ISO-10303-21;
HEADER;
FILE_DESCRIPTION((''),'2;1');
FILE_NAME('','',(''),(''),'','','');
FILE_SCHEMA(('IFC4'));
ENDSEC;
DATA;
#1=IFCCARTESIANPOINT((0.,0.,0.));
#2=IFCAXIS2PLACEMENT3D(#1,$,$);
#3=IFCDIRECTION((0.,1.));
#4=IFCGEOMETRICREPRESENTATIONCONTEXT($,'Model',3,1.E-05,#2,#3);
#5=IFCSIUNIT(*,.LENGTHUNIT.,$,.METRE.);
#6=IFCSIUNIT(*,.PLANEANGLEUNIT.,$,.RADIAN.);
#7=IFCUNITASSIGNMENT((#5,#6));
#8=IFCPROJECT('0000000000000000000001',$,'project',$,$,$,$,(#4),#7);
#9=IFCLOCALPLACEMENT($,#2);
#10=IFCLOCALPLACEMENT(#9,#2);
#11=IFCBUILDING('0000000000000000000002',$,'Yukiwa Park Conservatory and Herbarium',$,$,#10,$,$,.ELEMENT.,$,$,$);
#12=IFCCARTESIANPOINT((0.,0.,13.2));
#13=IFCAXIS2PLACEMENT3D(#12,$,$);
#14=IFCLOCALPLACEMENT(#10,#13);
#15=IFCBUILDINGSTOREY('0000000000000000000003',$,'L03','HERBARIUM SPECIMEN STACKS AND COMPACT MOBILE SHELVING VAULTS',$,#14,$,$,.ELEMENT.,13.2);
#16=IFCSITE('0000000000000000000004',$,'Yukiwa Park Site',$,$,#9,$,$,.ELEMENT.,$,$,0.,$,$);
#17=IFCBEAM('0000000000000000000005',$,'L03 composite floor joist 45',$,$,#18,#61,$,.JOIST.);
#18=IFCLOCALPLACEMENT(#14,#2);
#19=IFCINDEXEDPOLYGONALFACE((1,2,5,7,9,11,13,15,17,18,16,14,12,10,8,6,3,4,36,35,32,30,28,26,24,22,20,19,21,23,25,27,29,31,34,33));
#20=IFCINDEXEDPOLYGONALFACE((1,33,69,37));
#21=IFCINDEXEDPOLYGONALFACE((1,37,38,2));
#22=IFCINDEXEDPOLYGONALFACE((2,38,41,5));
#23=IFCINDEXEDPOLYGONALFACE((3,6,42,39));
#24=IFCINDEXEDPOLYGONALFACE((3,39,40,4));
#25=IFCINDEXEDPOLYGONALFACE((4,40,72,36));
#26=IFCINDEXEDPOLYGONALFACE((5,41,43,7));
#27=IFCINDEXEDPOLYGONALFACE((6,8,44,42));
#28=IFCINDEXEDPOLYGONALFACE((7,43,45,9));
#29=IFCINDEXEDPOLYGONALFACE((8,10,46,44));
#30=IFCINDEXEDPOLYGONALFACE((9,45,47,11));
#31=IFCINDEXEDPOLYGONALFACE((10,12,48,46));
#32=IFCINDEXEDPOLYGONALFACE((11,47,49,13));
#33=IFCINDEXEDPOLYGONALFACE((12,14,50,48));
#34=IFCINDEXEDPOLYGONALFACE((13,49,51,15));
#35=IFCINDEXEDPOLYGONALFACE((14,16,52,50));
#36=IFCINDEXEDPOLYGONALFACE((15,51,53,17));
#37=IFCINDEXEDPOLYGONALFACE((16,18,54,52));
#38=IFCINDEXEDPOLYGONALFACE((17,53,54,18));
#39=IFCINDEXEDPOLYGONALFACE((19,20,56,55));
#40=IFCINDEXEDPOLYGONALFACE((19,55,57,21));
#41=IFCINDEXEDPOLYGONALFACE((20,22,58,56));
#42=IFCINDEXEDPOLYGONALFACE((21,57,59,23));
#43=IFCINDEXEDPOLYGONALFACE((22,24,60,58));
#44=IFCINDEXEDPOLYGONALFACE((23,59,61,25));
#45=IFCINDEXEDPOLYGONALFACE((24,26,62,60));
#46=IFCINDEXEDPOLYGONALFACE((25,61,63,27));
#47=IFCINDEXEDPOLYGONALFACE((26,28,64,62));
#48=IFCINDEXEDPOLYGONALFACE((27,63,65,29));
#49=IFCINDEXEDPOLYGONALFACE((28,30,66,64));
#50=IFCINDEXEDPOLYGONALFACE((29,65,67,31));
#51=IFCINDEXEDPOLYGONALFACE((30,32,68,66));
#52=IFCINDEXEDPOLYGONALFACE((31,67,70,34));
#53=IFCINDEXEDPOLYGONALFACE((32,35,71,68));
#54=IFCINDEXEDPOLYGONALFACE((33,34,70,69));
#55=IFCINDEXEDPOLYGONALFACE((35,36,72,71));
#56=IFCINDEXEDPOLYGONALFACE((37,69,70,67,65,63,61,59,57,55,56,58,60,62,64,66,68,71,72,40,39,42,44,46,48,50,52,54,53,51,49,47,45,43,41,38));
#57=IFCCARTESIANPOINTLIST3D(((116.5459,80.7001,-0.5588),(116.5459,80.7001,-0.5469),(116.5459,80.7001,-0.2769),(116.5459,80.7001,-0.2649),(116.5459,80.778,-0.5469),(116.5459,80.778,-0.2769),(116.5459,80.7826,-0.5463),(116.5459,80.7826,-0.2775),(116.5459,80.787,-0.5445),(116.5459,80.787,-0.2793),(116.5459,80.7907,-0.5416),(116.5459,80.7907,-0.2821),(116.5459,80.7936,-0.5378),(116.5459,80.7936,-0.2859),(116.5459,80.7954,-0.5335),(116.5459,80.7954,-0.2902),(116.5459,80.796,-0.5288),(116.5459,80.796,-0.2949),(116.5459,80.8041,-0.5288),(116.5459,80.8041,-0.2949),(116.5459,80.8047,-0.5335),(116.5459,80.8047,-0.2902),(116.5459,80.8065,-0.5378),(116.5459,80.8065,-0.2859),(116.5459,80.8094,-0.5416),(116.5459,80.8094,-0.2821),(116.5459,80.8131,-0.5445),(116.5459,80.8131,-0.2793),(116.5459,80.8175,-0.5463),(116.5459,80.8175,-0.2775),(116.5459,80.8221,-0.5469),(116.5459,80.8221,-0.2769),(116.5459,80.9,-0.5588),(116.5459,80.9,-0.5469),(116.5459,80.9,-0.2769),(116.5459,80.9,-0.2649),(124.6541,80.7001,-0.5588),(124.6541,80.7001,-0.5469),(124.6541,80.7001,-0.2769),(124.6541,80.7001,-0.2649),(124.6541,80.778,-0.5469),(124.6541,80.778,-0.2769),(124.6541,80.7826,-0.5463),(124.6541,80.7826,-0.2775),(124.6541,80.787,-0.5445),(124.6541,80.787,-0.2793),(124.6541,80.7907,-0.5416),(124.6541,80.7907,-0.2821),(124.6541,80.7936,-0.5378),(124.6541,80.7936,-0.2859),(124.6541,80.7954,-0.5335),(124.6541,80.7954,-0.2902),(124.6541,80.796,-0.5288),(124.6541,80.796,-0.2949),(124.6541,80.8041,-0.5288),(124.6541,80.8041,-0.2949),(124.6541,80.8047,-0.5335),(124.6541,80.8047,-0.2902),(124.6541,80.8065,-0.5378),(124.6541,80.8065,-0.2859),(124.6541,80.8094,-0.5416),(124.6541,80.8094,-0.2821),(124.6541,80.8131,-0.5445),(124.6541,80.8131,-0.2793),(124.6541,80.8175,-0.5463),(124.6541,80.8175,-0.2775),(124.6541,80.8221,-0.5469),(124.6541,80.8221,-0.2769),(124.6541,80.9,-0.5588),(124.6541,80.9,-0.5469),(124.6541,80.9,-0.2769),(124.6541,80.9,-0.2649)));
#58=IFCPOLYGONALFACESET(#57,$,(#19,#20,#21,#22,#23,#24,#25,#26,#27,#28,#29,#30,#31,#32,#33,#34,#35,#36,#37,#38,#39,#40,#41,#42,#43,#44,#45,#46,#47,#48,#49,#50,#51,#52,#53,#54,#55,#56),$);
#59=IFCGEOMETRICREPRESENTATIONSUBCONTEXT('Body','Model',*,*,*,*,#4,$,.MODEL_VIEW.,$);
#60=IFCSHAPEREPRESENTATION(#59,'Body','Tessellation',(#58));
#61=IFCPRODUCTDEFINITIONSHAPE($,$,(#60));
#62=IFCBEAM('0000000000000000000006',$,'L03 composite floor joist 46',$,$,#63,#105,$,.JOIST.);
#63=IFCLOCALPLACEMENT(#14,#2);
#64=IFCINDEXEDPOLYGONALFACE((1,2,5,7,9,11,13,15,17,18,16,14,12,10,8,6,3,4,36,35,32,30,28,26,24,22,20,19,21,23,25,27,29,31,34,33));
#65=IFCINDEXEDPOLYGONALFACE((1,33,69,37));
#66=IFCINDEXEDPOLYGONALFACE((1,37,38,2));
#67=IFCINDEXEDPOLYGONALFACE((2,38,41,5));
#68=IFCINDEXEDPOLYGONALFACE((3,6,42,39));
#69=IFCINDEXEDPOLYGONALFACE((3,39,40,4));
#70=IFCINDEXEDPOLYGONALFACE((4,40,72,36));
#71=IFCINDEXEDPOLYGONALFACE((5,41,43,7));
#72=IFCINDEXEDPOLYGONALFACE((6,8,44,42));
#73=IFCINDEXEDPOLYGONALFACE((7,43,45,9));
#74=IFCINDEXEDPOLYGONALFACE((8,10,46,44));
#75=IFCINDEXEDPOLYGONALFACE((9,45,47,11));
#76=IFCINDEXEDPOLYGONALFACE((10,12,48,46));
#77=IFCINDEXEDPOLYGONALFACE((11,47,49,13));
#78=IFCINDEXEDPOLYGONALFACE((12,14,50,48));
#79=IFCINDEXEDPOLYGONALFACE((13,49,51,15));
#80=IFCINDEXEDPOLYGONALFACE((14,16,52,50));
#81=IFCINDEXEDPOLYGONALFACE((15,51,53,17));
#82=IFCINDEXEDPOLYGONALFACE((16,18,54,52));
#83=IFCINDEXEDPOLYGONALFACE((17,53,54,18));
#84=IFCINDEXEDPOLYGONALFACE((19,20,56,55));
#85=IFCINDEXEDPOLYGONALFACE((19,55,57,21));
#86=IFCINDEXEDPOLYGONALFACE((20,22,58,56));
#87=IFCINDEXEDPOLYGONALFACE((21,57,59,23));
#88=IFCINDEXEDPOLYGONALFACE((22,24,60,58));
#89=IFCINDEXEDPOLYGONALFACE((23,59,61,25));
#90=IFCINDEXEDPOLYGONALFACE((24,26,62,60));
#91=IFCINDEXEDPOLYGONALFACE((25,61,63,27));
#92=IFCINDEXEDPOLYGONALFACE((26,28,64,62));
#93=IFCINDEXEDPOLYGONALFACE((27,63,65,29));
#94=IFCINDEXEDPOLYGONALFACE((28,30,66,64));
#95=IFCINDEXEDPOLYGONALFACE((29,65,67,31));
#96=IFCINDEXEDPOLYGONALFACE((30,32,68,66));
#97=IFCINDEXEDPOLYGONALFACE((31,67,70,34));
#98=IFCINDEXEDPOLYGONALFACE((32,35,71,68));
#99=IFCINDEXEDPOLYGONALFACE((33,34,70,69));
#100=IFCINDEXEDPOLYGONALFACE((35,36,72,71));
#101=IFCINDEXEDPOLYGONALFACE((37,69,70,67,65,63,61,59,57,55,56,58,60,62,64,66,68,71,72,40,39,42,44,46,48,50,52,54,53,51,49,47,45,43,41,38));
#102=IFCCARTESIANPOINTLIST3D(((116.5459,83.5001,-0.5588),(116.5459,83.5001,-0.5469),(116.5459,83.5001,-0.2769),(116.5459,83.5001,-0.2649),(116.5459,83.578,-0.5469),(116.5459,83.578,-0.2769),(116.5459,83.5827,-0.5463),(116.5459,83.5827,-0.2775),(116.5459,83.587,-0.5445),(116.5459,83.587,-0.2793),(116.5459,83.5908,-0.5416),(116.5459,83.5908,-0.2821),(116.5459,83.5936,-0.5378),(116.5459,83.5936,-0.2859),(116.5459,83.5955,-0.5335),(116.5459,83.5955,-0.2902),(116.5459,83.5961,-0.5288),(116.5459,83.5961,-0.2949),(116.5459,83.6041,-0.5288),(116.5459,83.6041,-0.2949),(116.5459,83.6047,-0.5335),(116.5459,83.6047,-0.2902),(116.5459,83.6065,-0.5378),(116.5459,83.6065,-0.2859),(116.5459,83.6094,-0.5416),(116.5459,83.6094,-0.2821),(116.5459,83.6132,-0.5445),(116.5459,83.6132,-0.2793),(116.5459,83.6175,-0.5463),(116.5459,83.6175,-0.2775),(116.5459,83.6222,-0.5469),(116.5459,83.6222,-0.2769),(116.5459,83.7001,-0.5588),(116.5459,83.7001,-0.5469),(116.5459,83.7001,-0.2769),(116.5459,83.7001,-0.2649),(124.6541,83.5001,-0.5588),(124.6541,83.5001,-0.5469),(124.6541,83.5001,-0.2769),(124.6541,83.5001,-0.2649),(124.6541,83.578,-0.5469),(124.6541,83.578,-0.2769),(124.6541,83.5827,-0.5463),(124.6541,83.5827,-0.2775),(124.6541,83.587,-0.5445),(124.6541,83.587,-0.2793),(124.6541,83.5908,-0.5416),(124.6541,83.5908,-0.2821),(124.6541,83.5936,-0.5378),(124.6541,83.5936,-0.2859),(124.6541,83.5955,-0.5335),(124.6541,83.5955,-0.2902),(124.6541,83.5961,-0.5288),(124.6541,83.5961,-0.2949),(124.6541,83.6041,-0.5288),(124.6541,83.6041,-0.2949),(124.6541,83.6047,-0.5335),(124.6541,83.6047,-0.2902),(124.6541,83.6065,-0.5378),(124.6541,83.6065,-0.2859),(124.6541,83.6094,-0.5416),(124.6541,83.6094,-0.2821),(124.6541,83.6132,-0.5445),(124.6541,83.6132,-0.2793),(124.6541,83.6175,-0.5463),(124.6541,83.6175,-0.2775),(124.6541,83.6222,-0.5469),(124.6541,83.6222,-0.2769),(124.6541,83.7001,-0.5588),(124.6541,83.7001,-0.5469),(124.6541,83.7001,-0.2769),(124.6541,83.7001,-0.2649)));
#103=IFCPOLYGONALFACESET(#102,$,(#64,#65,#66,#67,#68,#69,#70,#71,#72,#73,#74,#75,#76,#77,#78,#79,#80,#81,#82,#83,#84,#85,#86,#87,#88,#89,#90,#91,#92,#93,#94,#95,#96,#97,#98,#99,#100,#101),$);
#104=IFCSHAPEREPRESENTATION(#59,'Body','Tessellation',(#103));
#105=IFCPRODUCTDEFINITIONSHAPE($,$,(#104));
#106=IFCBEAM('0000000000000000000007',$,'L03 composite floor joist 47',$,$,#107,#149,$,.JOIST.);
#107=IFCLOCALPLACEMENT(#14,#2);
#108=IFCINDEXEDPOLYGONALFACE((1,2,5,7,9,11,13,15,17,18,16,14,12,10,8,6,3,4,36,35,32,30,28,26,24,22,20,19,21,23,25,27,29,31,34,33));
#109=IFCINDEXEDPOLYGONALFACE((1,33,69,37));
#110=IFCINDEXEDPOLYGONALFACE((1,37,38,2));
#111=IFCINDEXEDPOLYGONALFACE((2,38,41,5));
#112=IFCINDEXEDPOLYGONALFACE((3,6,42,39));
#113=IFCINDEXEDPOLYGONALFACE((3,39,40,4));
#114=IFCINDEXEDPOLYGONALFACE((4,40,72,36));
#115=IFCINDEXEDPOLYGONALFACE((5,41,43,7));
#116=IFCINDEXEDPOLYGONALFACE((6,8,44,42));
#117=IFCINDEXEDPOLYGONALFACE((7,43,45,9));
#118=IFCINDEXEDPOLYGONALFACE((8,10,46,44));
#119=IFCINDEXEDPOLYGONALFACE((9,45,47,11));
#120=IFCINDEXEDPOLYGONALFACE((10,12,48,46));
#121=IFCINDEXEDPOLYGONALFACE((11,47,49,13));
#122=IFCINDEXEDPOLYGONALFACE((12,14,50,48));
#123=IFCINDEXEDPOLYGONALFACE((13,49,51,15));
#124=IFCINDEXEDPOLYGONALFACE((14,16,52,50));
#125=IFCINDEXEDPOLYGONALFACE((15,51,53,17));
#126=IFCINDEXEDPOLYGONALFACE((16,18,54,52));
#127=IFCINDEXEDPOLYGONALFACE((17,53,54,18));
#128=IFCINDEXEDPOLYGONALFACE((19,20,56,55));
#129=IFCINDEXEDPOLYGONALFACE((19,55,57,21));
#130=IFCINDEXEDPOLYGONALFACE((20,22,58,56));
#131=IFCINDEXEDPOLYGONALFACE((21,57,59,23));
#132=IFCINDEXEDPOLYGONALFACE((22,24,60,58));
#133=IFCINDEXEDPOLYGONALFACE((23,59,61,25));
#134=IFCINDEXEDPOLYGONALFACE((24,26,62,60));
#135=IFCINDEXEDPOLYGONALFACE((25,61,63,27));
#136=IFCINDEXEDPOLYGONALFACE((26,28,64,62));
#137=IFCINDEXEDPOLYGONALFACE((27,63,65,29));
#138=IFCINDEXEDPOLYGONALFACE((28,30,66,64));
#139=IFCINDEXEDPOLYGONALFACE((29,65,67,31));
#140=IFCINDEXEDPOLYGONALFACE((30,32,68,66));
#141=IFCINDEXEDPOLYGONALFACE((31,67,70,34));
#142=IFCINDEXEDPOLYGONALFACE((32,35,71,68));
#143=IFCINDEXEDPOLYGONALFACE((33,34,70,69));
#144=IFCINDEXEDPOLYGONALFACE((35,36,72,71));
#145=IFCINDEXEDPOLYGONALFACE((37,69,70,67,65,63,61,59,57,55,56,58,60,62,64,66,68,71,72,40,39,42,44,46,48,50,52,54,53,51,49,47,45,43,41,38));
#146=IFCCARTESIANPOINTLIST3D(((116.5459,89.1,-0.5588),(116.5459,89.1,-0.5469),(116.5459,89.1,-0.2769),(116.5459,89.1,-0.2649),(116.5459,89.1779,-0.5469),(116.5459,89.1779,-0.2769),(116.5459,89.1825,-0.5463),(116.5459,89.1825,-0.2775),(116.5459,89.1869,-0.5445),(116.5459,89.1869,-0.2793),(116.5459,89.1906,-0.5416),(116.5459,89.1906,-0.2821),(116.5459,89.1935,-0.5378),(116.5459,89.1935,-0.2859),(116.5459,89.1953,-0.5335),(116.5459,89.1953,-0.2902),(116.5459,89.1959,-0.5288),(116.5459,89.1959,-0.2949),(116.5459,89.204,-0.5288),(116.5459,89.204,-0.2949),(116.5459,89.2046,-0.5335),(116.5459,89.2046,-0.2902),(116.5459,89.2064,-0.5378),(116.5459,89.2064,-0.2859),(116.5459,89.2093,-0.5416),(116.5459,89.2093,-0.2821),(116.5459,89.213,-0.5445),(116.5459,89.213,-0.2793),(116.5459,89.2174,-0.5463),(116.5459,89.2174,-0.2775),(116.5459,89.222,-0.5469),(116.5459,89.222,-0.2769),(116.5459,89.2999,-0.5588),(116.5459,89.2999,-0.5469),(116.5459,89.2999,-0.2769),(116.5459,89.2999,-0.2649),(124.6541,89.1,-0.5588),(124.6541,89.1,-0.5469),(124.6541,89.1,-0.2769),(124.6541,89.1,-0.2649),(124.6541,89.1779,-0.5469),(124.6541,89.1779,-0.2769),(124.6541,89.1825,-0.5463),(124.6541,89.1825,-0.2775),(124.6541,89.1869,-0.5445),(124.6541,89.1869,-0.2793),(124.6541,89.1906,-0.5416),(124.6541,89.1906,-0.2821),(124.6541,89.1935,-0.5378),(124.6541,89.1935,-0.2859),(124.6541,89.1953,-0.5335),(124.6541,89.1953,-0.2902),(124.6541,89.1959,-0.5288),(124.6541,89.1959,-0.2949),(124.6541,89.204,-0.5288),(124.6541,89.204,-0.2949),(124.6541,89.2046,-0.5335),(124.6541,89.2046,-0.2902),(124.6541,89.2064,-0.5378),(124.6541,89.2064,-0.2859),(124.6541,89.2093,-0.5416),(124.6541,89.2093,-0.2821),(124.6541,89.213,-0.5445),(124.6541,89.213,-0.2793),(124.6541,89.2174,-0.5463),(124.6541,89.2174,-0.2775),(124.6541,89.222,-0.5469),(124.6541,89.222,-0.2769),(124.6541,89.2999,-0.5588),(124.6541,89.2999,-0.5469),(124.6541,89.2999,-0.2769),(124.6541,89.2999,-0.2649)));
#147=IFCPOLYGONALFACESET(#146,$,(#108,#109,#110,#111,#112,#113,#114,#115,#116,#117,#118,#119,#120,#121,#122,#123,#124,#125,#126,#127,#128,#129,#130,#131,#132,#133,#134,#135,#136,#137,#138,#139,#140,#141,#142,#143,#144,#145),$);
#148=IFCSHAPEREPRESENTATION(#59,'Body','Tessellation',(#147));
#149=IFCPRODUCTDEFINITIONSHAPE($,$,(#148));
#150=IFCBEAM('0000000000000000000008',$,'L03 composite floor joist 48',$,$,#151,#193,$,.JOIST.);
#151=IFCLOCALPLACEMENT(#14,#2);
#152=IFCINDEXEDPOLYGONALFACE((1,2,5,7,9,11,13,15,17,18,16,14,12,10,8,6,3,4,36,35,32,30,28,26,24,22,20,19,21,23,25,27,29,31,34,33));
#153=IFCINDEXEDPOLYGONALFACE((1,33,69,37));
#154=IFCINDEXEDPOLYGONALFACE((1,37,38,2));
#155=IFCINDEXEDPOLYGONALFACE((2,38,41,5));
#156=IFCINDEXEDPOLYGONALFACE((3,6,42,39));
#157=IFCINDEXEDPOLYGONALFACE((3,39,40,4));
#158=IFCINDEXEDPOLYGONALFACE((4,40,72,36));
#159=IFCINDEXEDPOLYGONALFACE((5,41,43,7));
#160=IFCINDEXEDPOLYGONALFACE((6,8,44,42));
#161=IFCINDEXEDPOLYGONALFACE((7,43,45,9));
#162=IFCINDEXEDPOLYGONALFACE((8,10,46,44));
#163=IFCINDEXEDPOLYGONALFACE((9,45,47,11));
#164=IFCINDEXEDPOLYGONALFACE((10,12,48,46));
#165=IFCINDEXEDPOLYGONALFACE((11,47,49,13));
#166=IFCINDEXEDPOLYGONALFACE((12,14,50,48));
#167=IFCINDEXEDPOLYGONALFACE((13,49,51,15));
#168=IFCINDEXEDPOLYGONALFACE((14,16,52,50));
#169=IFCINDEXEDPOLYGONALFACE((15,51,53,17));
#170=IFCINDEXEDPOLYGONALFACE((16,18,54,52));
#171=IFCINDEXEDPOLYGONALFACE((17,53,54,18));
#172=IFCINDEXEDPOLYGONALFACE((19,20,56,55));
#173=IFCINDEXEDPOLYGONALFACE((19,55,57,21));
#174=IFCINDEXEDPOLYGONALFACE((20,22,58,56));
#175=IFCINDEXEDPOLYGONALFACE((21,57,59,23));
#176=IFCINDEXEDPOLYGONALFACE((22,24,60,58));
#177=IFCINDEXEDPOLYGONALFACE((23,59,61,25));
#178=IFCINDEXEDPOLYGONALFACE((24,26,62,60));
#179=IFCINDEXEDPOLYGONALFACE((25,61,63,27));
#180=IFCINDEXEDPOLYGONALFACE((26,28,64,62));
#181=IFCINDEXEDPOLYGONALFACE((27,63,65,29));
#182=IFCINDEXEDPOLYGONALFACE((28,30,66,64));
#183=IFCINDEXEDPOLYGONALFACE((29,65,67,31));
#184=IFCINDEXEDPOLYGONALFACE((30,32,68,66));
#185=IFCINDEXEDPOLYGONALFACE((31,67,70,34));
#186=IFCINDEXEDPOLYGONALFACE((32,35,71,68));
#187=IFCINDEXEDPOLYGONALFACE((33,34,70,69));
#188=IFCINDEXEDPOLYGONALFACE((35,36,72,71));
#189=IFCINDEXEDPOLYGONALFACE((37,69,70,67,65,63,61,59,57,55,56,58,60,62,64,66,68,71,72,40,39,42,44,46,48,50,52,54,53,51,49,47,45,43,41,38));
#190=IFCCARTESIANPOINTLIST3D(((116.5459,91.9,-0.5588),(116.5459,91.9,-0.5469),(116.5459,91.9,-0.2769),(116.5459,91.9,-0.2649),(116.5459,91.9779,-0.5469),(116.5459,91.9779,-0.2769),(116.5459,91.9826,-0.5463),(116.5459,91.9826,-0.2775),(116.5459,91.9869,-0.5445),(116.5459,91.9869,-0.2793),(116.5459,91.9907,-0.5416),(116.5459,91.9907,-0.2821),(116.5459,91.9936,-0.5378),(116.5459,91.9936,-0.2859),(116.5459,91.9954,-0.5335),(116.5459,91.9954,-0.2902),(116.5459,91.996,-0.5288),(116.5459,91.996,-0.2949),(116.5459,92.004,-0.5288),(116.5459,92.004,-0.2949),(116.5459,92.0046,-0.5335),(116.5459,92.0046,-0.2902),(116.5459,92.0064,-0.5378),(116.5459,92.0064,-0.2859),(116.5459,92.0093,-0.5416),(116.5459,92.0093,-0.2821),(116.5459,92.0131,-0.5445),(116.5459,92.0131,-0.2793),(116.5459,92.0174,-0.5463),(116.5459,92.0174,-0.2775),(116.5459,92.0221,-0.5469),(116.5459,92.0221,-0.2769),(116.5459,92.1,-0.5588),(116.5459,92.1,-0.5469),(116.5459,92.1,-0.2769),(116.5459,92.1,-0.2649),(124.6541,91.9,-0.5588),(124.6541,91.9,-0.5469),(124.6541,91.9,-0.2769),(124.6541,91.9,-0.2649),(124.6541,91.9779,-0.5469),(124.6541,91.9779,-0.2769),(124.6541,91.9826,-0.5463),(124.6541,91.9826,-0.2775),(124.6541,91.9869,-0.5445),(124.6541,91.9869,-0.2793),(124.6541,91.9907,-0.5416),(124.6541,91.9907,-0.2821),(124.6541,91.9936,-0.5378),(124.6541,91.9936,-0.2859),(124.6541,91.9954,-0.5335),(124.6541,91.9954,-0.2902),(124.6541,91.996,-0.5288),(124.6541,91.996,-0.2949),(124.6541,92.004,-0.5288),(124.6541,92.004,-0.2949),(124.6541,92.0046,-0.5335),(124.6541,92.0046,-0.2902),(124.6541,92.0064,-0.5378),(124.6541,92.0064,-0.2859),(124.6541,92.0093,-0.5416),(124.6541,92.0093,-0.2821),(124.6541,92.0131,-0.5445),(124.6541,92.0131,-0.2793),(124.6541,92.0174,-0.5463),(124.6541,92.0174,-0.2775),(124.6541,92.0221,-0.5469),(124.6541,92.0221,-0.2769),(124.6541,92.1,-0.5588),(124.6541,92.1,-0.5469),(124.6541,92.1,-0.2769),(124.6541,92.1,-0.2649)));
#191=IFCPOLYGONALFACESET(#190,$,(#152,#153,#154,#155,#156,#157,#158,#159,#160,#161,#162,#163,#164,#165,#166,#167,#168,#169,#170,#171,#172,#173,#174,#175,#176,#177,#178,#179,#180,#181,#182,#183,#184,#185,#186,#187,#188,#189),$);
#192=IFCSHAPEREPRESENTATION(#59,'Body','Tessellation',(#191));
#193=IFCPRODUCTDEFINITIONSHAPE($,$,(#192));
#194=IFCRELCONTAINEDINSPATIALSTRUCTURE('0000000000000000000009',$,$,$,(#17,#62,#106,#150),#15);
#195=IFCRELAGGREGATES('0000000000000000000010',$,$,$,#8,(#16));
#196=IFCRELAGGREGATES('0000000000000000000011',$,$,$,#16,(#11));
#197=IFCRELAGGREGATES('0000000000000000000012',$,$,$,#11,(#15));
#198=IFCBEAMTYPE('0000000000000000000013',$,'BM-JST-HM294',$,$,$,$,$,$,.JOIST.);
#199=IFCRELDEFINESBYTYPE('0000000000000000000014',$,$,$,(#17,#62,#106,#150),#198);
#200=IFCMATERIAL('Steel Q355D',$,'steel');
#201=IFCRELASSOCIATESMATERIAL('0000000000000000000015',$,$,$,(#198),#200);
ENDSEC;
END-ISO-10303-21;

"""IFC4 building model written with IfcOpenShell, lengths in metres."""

from ifc_helpers import new_model, si_unit, direction, frame, origin, origin_2d, place, context, subcontext, project, spatial, i_section, extrude, material, material_profile, profile_set, type_object, element, save


model = new_model("IFC4")

# Units and contexts
model_context = context("Model", 3, precision=1e-05, world=origin(), true_north=direction((0.0, 1.0)))
body_context = subcontext(model_context, "Body", "Model", "MODEL_VIEW")
ifc_project = project(units=[si_unit("LENGTHUNIT", "METRE"), si_unit("PLANEANGLEUNIT", "RADIAN")], contexts=[model_context])

# Site, building, storey
site_placement = place(None, origin())
site = spatial("IfcSite", under=ifc_project, at=site_placement, Name="Yukiwa Park Site", CompositionType="ELEMENT", RefElevation=0.0)
building_placement = place(site_placement, origin())
building = spatial("IfcBuilding", under=site, at=building_placement, Name="Yukiwa Park Conservatory and Herbarium", CompositionType="ELEMENT")
storey_placement = place(building_placement, frame((0.0, 0.0, 13.2)))
storey = spatial("IfcBuildingStorey", under=building, at=storey_placement, Name="L03", Description="HERBARIUM SPECIMEN STACKS AND COMPACT MOBILE SHELVING VAULTS", CompositionType="ELEMENT", Elevation=13.2)

# Beams
ifc_material_1 = material(Name="Steel Q355D", Category="steel")
ifc_material_profile_1 = material_profile(ifc_material_1, i_section(OverallWidth=0.2, OverallDepth=0.2939, WebThickness=0.0081, FlangeThickness=0.012, FilletRadius=0.0181, at=origin_2d()), Name="HM 294x200x8x12")
ifc_profile_set_1 = profile_set([ifc_material_profile_1], Name="Steel Q355D")
beam_type_1 = type_object("IfcBeamType", Name="BM-JST-HM294", PredefinedType="JOIST", material=ifc_profile_set_1)
for number, where, z_axis, x_axis, name in (
    (1, (116.5459, 80.8, -0.4119), (1.0, 0.0, 0.0), (0.0, 1.0, 0.0), "L03 composite floor joist 45"),
    (2, (116.5459, 83.6001, -0.4119), (1.0, 0.0, 0.0), (0.0, 1.0, 0.0), "L03 composite floor joist 46"),
    (3, (116.5459, 89.2, -0.4119), (1.0, 0.0, 0.0), (0.0, 1.0, 0.0), "L03 composite floor joist 47"),
    (4, (116.5459, 92.0, -0.4119), (1.0, 0.0, 0.0), (0.0, 1.0, 0.0), "L03 composite floor joist 48"),
):
    element("IfcBeam", number, at=place(storey_placement, frame(where, z_axis=z_axis, x_axis=x_axis)), inside=storey, type_object=beam_type_1, Name=name, PredefinedType="JOIST", context=body_context, shape_type="SweptSolid", body=[
        extrude(i_section(OverallWidth=0.2, OverallDepth=0.2939, WebThickness=0.0081, FlangeThickness=0.012, FilletRadius=0.0181, at=origin_2d()), origin(), (0.0, 0.0, 1.0), 8.1082),
    ])

save(model, "model.ifc")
